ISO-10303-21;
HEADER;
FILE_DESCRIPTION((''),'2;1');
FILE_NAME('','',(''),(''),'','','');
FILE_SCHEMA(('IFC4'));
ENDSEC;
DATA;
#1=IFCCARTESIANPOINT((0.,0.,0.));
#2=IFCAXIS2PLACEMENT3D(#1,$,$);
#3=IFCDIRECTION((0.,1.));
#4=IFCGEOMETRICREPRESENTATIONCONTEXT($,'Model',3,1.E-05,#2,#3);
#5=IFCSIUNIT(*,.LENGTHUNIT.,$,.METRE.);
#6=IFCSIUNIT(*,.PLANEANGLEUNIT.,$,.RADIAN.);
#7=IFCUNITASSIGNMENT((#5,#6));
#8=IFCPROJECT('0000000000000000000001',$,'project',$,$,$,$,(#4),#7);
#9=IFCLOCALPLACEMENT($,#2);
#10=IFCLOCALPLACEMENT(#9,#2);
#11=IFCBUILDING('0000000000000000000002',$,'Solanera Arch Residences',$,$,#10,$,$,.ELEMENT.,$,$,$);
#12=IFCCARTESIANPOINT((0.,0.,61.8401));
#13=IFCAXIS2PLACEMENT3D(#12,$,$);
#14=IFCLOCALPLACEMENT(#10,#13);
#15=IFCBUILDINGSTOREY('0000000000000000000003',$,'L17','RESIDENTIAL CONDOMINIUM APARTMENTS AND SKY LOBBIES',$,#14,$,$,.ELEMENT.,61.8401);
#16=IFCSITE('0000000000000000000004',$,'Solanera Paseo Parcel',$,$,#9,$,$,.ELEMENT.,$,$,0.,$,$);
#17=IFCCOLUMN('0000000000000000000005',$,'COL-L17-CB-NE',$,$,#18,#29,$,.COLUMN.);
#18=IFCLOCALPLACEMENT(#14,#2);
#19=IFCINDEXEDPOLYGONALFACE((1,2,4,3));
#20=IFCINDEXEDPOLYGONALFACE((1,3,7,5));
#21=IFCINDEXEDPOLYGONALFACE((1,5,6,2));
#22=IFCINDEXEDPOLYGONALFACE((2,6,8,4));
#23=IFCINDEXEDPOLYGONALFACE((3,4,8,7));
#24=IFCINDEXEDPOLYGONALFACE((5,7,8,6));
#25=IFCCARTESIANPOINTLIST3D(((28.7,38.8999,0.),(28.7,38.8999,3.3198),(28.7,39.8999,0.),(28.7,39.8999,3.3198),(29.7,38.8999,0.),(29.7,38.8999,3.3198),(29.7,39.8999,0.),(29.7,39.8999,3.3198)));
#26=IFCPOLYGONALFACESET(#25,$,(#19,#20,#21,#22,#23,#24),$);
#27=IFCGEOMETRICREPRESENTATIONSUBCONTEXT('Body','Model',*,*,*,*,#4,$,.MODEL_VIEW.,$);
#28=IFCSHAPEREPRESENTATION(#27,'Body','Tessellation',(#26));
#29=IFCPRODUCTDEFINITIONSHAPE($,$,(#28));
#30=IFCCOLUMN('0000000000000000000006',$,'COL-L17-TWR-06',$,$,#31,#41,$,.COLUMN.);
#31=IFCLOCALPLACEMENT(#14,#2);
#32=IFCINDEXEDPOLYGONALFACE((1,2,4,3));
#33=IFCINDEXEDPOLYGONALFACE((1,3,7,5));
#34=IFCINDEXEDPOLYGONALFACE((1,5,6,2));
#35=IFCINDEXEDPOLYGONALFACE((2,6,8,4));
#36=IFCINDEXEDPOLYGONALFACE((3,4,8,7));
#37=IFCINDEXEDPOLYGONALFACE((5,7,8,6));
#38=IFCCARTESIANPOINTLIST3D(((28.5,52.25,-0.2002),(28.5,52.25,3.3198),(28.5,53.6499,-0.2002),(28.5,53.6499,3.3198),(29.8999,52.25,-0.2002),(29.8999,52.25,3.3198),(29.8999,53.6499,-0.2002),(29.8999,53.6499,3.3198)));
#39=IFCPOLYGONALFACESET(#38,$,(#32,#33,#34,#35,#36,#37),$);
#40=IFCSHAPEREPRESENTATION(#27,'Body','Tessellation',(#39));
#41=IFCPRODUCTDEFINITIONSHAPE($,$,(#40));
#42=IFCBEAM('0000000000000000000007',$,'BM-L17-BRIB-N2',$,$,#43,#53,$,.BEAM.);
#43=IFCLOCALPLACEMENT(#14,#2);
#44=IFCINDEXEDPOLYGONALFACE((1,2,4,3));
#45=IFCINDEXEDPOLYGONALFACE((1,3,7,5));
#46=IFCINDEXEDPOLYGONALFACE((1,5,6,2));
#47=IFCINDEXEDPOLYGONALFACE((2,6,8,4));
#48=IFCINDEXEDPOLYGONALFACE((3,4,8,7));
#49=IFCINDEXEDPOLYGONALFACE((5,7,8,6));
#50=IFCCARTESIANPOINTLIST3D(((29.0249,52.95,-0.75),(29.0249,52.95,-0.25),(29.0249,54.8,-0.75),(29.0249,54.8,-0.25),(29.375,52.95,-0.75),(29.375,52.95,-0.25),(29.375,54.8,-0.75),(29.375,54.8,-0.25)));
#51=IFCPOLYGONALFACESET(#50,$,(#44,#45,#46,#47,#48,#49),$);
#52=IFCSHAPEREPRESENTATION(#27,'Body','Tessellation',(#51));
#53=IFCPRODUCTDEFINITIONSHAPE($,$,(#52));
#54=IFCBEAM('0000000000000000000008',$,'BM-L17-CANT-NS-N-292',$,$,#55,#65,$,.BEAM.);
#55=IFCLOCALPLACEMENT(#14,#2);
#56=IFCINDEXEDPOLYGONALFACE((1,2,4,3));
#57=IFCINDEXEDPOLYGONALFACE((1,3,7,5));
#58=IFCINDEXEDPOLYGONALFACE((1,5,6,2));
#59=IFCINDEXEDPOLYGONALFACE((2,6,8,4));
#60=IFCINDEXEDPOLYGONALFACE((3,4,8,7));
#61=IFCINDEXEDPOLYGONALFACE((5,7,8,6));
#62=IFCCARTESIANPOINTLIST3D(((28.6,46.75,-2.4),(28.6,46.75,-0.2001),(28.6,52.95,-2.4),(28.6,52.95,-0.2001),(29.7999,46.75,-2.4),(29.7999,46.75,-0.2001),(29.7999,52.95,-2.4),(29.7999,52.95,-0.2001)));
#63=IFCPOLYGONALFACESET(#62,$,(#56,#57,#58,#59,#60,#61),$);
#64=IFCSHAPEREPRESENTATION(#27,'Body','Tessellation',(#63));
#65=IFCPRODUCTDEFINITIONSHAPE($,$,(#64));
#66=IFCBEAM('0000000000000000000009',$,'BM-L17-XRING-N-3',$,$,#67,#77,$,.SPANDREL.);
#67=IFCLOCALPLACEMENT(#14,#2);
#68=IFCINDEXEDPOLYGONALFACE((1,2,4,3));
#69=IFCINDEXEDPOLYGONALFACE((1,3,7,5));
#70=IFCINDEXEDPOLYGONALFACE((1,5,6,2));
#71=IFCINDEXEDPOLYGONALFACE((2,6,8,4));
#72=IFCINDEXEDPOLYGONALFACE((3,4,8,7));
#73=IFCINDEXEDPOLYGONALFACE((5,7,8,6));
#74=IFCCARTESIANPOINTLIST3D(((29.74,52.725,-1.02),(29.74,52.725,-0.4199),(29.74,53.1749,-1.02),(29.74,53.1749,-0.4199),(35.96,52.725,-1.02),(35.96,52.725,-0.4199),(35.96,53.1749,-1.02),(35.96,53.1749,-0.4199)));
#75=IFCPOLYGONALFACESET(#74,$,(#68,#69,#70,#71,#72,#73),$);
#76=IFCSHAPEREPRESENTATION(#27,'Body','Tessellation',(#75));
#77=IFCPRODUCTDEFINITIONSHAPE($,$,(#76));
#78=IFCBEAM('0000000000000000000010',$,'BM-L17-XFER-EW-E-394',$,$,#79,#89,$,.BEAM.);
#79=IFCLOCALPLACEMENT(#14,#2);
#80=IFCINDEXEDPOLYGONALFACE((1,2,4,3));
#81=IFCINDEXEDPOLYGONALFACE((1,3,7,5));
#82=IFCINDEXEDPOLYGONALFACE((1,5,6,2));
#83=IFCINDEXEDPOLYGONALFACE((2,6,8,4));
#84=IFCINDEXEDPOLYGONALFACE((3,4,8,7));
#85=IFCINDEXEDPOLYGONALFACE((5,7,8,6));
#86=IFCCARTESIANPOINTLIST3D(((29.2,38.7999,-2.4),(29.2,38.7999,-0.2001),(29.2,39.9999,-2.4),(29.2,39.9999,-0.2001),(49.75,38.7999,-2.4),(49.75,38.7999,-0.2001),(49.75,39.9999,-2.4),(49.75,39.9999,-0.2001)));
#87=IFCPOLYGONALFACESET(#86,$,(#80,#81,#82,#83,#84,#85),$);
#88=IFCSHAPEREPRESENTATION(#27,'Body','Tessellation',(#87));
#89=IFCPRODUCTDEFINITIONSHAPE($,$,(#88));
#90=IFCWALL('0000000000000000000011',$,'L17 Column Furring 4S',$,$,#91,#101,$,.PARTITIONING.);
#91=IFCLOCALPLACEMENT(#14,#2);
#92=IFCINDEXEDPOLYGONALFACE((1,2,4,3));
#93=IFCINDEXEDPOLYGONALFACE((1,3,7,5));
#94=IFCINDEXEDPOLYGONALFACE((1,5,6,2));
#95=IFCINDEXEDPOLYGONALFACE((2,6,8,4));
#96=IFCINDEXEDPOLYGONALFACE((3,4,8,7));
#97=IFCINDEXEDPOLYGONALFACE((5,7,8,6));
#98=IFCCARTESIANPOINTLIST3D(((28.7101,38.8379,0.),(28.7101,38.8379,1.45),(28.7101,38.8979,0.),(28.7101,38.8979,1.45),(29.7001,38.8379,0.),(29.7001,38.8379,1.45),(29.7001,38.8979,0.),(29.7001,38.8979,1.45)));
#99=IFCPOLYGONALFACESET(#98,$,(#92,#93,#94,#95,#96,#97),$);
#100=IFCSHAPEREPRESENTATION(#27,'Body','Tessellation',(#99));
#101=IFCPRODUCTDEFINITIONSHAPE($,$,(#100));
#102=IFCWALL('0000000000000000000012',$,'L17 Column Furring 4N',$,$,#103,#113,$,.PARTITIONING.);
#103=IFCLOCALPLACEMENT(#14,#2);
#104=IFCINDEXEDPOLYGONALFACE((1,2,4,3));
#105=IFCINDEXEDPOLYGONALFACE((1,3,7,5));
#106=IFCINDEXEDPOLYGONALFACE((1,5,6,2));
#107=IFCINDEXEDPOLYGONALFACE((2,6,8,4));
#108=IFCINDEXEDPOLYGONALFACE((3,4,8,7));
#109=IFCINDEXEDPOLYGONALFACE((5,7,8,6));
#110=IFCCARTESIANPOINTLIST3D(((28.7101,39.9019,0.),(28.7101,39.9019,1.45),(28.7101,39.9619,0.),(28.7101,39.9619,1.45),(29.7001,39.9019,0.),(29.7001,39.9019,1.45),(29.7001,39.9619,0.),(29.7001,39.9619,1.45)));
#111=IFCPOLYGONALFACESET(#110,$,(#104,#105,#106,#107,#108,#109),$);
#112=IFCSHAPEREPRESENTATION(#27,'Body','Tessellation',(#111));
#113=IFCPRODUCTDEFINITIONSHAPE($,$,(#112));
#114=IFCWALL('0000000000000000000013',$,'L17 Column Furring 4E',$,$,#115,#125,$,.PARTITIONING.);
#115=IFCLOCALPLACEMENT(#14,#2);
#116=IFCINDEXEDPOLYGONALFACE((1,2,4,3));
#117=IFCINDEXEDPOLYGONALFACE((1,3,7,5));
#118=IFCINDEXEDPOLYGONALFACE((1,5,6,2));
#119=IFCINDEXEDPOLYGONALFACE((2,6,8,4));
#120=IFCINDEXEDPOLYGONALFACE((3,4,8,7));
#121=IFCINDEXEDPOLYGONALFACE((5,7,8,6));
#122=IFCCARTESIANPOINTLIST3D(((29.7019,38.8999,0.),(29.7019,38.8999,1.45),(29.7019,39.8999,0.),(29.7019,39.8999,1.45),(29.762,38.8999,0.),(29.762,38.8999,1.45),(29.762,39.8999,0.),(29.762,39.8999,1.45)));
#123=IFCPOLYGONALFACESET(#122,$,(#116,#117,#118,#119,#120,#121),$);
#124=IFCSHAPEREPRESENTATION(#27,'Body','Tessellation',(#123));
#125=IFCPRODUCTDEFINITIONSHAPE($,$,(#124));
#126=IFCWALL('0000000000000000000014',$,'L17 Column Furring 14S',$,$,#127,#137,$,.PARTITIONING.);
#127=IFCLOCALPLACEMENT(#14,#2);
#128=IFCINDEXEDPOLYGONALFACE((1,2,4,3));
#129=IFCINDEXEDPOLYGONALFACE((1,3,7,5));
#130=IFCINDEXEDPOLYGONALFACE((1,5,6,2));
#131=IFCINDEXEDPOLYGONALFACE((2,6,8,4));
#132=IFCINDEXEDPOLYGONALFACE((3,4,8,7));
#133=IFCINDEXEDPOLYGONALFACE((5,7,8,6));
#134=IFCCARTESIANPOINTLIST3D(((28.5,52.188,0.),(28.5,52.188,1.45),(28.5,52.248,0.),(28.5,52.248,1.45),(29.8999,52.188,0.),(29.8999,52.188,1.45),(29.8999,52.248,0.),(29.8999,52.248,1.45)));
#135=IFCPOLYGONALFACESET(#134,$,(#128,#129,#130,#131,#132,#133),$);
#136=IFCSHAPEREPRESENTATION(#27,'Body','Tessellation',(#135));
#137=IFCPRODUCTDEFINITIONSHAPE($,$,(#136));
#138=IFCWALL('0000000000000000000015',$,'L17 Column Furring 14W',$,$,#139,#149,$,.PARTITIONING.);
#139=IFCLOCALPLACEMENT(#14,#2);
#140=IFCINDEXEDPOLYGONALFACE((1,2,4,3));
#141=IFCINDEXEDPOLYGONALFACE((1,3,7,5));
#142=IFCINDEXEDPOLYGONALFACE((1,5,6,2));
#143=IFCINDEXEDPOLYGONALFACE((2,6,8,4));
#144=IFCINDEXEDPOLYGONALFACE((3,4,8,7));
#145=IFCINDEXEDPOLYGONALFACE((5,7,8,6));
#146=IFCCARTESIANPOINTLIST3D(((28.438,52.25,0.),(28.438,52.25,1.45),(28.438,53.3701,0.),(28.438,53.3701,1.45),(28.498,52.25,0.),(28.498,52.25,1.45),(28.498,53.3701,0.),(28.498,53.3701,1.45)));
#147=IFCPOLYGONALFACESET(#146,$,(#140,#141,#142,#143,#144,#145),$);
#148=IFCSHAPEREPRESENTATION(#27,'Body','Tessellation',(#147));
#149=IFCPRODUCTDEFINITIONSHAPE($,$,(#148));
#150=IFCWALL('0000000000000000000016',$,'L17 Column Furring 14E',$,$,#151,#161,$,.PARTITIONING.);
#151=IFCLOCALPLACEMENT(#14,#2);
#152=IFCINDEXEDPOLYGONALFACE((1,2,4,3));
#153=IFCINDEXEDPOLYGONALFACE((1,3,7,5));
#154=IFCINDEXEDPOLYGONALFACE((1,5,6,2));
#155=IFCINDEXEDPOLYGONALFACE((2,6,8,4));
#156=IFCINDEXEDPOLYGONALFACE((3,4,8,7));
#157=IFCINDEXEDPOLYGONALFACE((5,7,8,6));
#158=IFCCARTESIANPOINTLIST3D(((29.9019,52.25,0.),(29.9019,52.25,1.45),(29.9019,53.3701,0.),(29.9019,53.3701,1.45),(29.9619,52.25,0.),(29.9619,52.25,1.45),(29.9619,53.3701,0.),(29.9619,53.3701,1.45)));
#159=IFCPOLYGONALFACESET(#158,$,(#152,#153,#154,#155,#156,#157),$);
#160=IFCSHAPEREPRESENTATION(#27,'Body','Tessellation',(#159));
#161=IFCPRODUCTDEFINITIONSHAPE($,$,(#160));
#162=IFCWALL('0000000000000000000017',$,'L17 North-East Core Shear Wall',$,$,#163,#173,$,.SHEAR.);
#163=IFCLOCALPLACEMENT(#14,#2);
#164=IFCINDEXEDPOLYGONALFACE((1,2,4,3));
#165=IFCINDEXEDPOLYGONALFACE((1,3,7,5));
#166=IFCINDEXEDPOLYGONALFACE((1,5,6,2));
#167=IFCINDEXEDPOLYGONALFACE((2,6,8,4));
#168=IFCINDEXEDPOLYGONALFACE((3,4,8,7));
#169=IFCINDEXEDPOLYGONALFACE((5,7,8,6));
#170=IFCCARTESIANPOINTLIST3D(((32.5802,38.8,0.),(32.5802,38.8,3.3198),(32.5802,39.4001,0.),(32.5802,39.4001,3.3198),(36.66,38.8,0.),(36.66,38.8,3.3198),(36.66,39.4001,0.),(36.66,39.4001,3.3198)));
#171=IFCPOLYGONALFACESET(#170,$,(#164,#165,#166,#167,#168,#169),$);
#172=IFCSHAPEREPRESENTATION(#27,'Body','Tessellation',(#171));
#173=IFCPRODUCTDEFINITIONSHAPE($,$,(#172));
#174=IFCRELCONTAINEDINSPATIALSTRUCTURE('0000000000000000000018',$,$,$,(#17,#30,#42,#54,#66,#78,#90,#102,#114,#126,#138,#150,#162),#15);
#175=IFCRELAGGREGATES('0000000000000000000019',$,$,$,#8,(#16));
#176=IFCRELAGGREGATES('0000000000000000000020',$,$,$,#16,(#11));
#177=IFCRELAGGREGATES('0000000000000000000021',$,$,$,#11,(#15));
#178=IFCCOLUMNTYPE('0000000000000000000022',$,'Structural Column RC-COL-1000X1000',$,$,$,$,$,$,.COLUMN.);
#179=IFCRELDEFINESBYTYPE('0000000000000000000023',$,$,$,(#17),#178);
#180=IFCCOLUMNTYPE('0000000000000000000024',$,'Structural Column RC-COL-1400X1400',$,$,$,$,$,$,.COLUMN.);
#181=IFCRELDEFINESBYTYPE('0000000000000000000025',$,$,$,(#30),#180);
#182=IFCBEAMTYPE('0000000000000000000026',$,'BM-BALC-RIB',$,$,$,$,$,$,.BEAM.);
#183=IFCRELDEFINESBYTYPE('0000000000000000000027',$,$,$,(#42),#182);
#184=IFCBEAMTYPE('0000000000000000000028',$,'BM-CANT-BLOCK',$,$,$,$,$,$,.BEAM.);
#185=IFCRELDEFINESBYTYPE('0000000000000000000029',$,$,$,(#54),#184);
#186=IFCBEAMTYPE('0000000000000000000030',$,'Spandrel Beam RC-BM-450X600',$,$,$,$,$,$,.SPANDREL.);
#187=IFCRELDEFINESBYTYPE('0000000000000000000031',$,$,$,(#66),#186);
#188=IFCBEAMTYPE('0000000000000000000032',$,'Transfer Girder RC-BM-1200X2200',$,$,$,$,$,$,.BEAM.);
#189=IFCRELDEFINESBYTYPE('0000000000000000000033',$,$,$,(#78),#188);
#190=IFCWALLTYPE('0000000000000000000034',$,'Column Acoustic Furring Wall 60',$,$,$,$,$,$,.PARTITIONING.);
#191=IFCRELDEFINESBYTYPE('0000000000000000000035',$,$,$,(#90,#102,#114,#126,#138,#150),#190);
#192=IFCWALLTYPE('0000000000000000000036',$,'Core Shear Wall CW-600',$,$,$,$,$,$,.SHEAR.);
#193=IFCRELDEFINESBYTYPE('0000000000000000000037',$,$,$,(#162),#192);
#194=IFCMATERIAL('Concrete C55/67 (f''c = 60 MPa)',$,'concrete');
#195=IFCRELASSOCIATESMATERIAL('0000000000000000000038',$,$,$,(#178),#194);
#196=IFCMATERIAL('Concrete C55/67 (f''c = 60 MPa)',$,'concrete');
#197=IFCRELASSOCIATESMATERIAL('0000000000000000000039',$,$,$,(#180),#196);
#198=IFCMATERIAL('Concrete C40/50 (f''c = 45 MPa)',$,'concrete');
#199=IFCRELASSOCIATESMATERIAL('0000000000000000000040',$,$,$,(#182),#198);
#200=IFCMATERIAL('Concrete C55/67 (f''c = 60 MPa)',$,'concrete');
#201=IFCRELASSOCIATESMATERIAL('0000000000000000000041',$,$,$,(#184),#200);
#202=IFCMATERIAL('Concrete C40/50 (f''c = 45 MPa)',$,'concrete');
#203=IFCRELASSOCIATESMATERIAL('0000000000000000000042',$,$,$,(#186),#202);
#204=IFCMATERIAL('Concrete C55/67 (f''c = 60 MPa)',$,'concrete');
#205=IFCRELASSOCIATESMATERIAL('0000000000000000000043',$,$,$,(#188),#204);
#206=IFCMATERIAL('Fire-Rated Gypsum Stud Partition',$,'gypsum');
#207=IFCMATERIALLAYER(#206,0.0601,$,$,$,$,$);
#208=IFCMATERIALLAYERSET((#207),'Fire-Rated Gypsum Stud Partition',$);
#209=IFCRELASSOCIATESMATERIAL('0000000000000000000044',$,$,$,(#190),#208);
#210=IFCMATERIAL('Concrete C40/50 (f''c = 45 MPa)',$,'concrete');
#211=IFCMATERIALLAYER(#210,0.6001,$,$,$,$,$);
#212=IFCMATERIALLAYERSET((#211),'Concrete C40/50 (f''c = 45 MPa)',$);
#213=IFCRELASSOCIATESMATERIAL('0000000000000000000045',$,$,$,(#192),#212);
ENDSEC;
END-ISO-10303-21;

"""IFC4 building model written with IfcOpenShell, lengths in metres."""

from ifc_helpers import new_model, si_unit, direction, frame, frame_2d, origin, origin_2d, place, context, subcontext, project, spatial, rectangle, extrude, material, layer, layer_set, material_profile, profile_set, type_object, element, save


model = new_model("IFC4")

# Units and contexts
model_context = context("Model", 3, precision=1e-05, world=origin(), true_north=direction((0.0, 1.0)))
body_context = subcontext(model_context, "Body", "Model", "MODEL_VIEW")
ifc_project = project(units=[si_unit("LENGTHUNIT", "METRE"), si_unit("PLANEANGLEUNIT", "RADIAN")], contexts=[model_context])

# Site, building, storey
site_placement = place(None, origin())
site = spatial("IfcSite", under=ifc_project, at=site_placement, Name="Solanera Paseo Parcel", CompositionType="ELEMENT", RefElevation=0.0)
building_placement = place(site_placement, origin())
building = spatial("IfcBuilding", under=site, at=building_placement, Name="Solanera Arch Residences", CompositionType="ELEMENT")
storey_placement = place(building_placement, frame((0.0, 0.0, 61.8401)))
storey = spatial("IfcBuildingStorey", under=building, at=storey_placement, Name="L17", Description="RESIDENTIAL CONDOMINIUM APARTMENTS AND SKY LOBBIES", CompositionType="ELEMENT", Elevation=61.8401)

# Columns
ifc_material_1 = material(Name="Concrete C55/67 (f'c = 60 MPa)", Category="concrete")
ifc_material_profile_1 = material_profile(ifc_material_1, rectangle(XDim=1.0, YDim=1.0, at=origin_2d()))
ifc_profile_set_1 = profile_set([ifc_material_profile_1], Name="Concrete C55/67 (f'c = 60 MPa)")
column_type_1 = type_object("IfcColumnType", Name="Structural Column RC-COL-1000X1000", PredefinedType="COLUMN", material=ifc_profile_set_1)
column_1_placement = place(storey_placement, frame((29.2, 39.3999, 0.0), z_axis=(0.0, 0.0, 1.0), x_axis=(1.0, 0.0, 0.0)))
element("IfcColumn", 1, at=column_1_placement, inside=storey, type_object=column_type_1, Name="COL-L17-CB-NE", PredefinedType="COLUMN", context=body_context, shape_type="SweptSolid", body=[
    extrude(rectangle(XDim=1.0, YDim=1.0, at=origin_2d()), origin(), (0.0, 0.0, 1.0), 3.3198),
])
ifc_material_2 = material(Name="Concrete C55/67 (f'c = 60 MPa)", Category="concrete")
ifc_material_profile_2 = material_profile(ifc_material_2, rectangle(XDim=1.3999, YDim=1.3999, at=origin_2d()))
ifc_profile_set_2 = profile_set([ifc_material_profile_2], Name="Concrete C55/67 (f'c = 60 MPa)")
column_type_2 = type_object("IfcColumnType", Name="Structural Column RC-COL-1400X1400", PredefinedType="COLUMN", material=ifc_profile_set_2)
column_2_placement = place(storey_placement, frame((29.2, 52.95, -0.2002), z_axis=(0.0, 0.0, 1.0), x_axis=(1.0, 0.0, 0.0)))
element("IfcColumn", 2, at=column_2_placement, inside=storey, type_object=column_type_2, Name="COL-L17-TWR-06", PredefinedType="COLUMN", context=body_context, shape_type="SweptSolid", body=[
    extrude(rectangle(XDim=1.3999, YDim=1.3999, at=origin_2d()), origin(), (0.0, 0.0, 1.0), 3.52),
])

# Beams
ifc_material_3 = material(Name="Concrete C40/50 (f'c = 45 MPa)", Category="concrete")
ifc_material_profile_3 = material_profile(ifc_material_3, rectangle(XDim=0.3501, YDim=0.5, at=origin_2d()))
ifc_profile_set_3 = profile_set([ifc_material_profile_3], Name="Concrete C40/50 (f'c = 45 MPa)")
beam_type_1 = type_object("IfcBeamType", Name="BM-BALC-RIB", PredefinedType="BEAM", material=ifc_profile_set_3)
beam_1_placement = place(storey_placement, frame((29.2, 52.95, -0.5), z_axis=(0.0, 1.0, 0.0), x_axis=(-1.0, 0.0, 0.0)))
element("IfcBeam", 3, at=beam_1_placement, inside=storey, type_object=beam_type_1, Name="BM-L17-BRIB-N2", PredefinedType="BEAM", context=body_context, shape_type="SweptSolid", body=[
    extrude(rectangle(XDim=0.3501, YDim=0.5, at=origin_2d()), origin(), (0.0, 0.0, 1.0), 1.8501),
])
ifc_material_4 = material(Name="Concrete C55/67 (f'c = 60 MPa)", Category="concrete")
ifc_material_profile_4 = material_profile(ifc_material_4, rectangle(XDim=1.2, YDim=2.2, at=origin_2d()))
ifc_profile_set_4 = profile_set([ifc_material_profile_4], Name="Concrete C55/67 (f'c = 60 MPa)")
beam_type_2 = type_object("IfcBeamType", Name="BM-CANT-BLOCK", PredefinedType="BEAM", material=ifc_profile_set_4)
beam_2_placement = place(storey_placement, frame((29.2, 46.75, -1.3), z_axis=(0.0, 1.0, 0.0), x_axis=(-1.0, 0.0, 0.0)))
element("IfcBeam", 4, at=beam_2_placement, inside=storey, type_object=beam_type_2, Name="BM-L17-CANT-NS-N-292", PredefinedType="BEAM", context=body_context, shape_type="SweptSolid", body=[
    extrude(rectangle(XDim=1.2, YDim=2.2, at=origin_2d()), origin(), (0.0, 0.0, 1.0), 6.2),
])
ifc_material_5 = material(Name="Concrete C40/50 (f'c = 45 MPa)", Category="concrete")
ifc_material_profile_5 = material_profile(ifc_material_5, rectangle(XDim=0.45, YDim=0.6001, at=origin_2d()))
ifc_profile_set_5 = profile_set([ifc_material_profile_5], Name="Concrete C40/50 (f'c = 45 MPa)")
beam_type_3 = type_object("IfcBeamType", Name="Spandrel Beam RC-BM-450X600", PredefinedType="SPANDREL", material=ifc_profile_set_5)
beam_3_placement = place(storey_placement, frame((29.74, 52.95, -0.72), z_axis=(1.0, 0.0, 0.0), x_axis=(0.0, 1.0, 0.0)))
element("IfcBeam", 5, at=beam_3_placement, inside=storey, type_object=beam_type_3, Name="BM-L17-XRING-N-3", PredefinedType="SPANDREL", context=body_context, shape_type="SweptSolid", body=[
    extrude(rectangle(XDim=0.45, YDim=0.6001, at=origin_2d()), origin(), (0.0, 0.0, 1.0), 6.22),
])
ifc_material_6 = material(Name="Concrete C55/67 (f'c = 60 MPa)", Category="concrete")
ifc_material_profile_6 = material_profile(ifc_material_6, rectangle(XDim=1.2, YDim=2.2, at=origin_2d()))
ifc_profile_set_6 = profile_set([ifc_material_profile_6], Name="Concrete C55/67 (f'c = 60 MPa)")
beam_type_4 = type_object("IfcBeamType", Name="Transfer Girder RC-BM-1200X2200", PredefinedType="BEAM", material=ifc_profile_set_6)
beam_4_placement = place(storey_placement, frame((29.2, 39.3999, -1.3), z_axis=(1.0, 0.0, 0.0), x_axis=(0.0, 1.0, 0.0)))
element("IfcBeam", 6, at=beam_4_placement, inside=storey, type_object=beam_type_4, Name="BM-L17-XFER-EW-E-394", PredefinedType="BEAM", context=body_context, shape_type="SweptSolid", body=[
    extrude(rectangle(XDim=1.2, YDim=2.2, at=origin_2d()), origin(), (0.0, 0.0, 1.0), 20.55),
])

# Walls
ifc_material_7 = material(Name="Fire-Rated Gypsum Stud Partition", Category="gypsum")
ifc_layer_1 = layer(ifc_material_7, 0.0601)
ifc_layer_set_1 = layer_set([ifc_layer_1], Name="Fire-Rated Gypsum Stud Partition")
wall_type_1 = type_object("IfcWallType", Name="Column Acoustic Furring Wall 60", PredefinedType="PARTITIONING", material=ifc_layer_set_1)
for number, where, z_axis, x_axis, name in (
    (7, (28.71, 38.8679, 0.0), (0.0, 0.0, 1.0), (1.0, 0.0, 0.0), "L17 Column Furring 4S"),
    (8, (28.71, 39.9319, 0.0), (0.0, 0.0, 1.0), (1.0, 0.0, 0.0), "L17 Column Furring 4N"),
):
    element("IfcWall", number, at=place(storey_placement, frame(where, z_axis=z_axis, x_axis=x_axis)), inside=storey, type_object=wall_type_1, Name=name, PredefinedType="PARTITIONING", context=body_context, shape_type="SweptSolid", body=[
        extrude(rectangle(XDim=0.99, YDim=0.0601, at=frame_2d((0.4951, 0.0))), origin(), (0.0, 0.0, 1.0), 1.45),
    ])
wall_1_placement = place(storey_placement, frame((29.7319, 38.8999, 0.0), z_axis=(0.0, 0.0, 1.0), x_axis=(0.0, 1.0, 0.0)))
element("IfcWall", 9, at=wall_1_placement, inside=storey, type_object=wall_type_1, Name="L17 Column Furring 4E", PredefinedType="PARTITIONING", context=body_context, shape_type="SweptSolid", body=[
    extrude(rectangle(XDim=1.0, YDim=0.0601, at=frame_2d((0.5, 0.0))), origin(), (0.0, 0.0, 1.0), 1.45),
])
wall_2_placement = place(storey_placement, frame((28.5, 52.218, 0.0), z_axis=(0.0, 0.0, 1.0), x_axis=(1.0, 0.0, 0.0)))
element("IfcWall", 10, at=wall_2_placement, inside=storey, type_object=wall_type_1, Name="L17 Column Furring 14S", PredefinedType="PARTITIONING", context=body_context, shape_type="SweptSolid", body=[
    extrude(rectangle(XDim=1.3999, YDim=0.0601, at=frame_2d((0.7, 0.0))), origin(), (0.0, 0.0, 1.0), 1.45),
])
for number, where, z_axis, x_axis, name in (
    (11, (28.468, 52.25, 0.0), (0.0, 0.0, 1.0), (0.0, 1.0, 0.0), "L17 Column Furring 14W"),
    (12, (29.9319, 52.25, 0.0), (0.0, 0.0, 1.0), (0.0, 1.0, 0.0), "L17 Column Furring 14E"),
):
    element("IfcWall", number, at=place(storey_placement, frame(where, z_axis=z_axis, x_axis=x_axis)), inside=storey, type_object=wall_type_1, Name=name, PredefinedType="PARTITIONING", context=body_context, shape_type="SweptSolid", body=[
        extrude(rectangle(XDim=1.1201, YDim=0.0601, at=frame_2d((0.5601, 0.0))), origin(), (0.0, 0.0, 1.0), 1.45),
    ])
ifc_material_8 = material(Name="Concrete C40/50 (f'c = 45 MPa)", Category="concrete")
ifc_layer_2 = layer(ifc_material_8, 0.6001)
ifc_layer_set_2 = layer_set([ifc_layer_2], Name="Concrete C40/50 (f'c = 45 MPa)")
wall_type_2 = type_object("IfcWallType", Name="Core Shear Wall CW-600", PredefinedType="SHEAR", material=ifc_layer_set_2)
wall_3_placement = place(storey_placement, frame((32.5801, 39.1001, 0.0), z_axis=(0.0, 0.0, 1.0), x_axis=(1.0, 0.0, 0.0)))
element("IfcWall", 13, at=wall_3_placement, inside=storey, type_object=wall_type_2, Name="L17 North-East Core Shear Wall", PredefinedType="SHEAR", context=body_context, shape_type="SweptSolid", body=[
    extrude(rectangle(XDim=4.0798, YDim=0.6001, at=frame_2d((2.04, 0.0))), origin(), (0.0, 0.0, 1.0), 3.3198),
])

save(model, "model.ifc")
